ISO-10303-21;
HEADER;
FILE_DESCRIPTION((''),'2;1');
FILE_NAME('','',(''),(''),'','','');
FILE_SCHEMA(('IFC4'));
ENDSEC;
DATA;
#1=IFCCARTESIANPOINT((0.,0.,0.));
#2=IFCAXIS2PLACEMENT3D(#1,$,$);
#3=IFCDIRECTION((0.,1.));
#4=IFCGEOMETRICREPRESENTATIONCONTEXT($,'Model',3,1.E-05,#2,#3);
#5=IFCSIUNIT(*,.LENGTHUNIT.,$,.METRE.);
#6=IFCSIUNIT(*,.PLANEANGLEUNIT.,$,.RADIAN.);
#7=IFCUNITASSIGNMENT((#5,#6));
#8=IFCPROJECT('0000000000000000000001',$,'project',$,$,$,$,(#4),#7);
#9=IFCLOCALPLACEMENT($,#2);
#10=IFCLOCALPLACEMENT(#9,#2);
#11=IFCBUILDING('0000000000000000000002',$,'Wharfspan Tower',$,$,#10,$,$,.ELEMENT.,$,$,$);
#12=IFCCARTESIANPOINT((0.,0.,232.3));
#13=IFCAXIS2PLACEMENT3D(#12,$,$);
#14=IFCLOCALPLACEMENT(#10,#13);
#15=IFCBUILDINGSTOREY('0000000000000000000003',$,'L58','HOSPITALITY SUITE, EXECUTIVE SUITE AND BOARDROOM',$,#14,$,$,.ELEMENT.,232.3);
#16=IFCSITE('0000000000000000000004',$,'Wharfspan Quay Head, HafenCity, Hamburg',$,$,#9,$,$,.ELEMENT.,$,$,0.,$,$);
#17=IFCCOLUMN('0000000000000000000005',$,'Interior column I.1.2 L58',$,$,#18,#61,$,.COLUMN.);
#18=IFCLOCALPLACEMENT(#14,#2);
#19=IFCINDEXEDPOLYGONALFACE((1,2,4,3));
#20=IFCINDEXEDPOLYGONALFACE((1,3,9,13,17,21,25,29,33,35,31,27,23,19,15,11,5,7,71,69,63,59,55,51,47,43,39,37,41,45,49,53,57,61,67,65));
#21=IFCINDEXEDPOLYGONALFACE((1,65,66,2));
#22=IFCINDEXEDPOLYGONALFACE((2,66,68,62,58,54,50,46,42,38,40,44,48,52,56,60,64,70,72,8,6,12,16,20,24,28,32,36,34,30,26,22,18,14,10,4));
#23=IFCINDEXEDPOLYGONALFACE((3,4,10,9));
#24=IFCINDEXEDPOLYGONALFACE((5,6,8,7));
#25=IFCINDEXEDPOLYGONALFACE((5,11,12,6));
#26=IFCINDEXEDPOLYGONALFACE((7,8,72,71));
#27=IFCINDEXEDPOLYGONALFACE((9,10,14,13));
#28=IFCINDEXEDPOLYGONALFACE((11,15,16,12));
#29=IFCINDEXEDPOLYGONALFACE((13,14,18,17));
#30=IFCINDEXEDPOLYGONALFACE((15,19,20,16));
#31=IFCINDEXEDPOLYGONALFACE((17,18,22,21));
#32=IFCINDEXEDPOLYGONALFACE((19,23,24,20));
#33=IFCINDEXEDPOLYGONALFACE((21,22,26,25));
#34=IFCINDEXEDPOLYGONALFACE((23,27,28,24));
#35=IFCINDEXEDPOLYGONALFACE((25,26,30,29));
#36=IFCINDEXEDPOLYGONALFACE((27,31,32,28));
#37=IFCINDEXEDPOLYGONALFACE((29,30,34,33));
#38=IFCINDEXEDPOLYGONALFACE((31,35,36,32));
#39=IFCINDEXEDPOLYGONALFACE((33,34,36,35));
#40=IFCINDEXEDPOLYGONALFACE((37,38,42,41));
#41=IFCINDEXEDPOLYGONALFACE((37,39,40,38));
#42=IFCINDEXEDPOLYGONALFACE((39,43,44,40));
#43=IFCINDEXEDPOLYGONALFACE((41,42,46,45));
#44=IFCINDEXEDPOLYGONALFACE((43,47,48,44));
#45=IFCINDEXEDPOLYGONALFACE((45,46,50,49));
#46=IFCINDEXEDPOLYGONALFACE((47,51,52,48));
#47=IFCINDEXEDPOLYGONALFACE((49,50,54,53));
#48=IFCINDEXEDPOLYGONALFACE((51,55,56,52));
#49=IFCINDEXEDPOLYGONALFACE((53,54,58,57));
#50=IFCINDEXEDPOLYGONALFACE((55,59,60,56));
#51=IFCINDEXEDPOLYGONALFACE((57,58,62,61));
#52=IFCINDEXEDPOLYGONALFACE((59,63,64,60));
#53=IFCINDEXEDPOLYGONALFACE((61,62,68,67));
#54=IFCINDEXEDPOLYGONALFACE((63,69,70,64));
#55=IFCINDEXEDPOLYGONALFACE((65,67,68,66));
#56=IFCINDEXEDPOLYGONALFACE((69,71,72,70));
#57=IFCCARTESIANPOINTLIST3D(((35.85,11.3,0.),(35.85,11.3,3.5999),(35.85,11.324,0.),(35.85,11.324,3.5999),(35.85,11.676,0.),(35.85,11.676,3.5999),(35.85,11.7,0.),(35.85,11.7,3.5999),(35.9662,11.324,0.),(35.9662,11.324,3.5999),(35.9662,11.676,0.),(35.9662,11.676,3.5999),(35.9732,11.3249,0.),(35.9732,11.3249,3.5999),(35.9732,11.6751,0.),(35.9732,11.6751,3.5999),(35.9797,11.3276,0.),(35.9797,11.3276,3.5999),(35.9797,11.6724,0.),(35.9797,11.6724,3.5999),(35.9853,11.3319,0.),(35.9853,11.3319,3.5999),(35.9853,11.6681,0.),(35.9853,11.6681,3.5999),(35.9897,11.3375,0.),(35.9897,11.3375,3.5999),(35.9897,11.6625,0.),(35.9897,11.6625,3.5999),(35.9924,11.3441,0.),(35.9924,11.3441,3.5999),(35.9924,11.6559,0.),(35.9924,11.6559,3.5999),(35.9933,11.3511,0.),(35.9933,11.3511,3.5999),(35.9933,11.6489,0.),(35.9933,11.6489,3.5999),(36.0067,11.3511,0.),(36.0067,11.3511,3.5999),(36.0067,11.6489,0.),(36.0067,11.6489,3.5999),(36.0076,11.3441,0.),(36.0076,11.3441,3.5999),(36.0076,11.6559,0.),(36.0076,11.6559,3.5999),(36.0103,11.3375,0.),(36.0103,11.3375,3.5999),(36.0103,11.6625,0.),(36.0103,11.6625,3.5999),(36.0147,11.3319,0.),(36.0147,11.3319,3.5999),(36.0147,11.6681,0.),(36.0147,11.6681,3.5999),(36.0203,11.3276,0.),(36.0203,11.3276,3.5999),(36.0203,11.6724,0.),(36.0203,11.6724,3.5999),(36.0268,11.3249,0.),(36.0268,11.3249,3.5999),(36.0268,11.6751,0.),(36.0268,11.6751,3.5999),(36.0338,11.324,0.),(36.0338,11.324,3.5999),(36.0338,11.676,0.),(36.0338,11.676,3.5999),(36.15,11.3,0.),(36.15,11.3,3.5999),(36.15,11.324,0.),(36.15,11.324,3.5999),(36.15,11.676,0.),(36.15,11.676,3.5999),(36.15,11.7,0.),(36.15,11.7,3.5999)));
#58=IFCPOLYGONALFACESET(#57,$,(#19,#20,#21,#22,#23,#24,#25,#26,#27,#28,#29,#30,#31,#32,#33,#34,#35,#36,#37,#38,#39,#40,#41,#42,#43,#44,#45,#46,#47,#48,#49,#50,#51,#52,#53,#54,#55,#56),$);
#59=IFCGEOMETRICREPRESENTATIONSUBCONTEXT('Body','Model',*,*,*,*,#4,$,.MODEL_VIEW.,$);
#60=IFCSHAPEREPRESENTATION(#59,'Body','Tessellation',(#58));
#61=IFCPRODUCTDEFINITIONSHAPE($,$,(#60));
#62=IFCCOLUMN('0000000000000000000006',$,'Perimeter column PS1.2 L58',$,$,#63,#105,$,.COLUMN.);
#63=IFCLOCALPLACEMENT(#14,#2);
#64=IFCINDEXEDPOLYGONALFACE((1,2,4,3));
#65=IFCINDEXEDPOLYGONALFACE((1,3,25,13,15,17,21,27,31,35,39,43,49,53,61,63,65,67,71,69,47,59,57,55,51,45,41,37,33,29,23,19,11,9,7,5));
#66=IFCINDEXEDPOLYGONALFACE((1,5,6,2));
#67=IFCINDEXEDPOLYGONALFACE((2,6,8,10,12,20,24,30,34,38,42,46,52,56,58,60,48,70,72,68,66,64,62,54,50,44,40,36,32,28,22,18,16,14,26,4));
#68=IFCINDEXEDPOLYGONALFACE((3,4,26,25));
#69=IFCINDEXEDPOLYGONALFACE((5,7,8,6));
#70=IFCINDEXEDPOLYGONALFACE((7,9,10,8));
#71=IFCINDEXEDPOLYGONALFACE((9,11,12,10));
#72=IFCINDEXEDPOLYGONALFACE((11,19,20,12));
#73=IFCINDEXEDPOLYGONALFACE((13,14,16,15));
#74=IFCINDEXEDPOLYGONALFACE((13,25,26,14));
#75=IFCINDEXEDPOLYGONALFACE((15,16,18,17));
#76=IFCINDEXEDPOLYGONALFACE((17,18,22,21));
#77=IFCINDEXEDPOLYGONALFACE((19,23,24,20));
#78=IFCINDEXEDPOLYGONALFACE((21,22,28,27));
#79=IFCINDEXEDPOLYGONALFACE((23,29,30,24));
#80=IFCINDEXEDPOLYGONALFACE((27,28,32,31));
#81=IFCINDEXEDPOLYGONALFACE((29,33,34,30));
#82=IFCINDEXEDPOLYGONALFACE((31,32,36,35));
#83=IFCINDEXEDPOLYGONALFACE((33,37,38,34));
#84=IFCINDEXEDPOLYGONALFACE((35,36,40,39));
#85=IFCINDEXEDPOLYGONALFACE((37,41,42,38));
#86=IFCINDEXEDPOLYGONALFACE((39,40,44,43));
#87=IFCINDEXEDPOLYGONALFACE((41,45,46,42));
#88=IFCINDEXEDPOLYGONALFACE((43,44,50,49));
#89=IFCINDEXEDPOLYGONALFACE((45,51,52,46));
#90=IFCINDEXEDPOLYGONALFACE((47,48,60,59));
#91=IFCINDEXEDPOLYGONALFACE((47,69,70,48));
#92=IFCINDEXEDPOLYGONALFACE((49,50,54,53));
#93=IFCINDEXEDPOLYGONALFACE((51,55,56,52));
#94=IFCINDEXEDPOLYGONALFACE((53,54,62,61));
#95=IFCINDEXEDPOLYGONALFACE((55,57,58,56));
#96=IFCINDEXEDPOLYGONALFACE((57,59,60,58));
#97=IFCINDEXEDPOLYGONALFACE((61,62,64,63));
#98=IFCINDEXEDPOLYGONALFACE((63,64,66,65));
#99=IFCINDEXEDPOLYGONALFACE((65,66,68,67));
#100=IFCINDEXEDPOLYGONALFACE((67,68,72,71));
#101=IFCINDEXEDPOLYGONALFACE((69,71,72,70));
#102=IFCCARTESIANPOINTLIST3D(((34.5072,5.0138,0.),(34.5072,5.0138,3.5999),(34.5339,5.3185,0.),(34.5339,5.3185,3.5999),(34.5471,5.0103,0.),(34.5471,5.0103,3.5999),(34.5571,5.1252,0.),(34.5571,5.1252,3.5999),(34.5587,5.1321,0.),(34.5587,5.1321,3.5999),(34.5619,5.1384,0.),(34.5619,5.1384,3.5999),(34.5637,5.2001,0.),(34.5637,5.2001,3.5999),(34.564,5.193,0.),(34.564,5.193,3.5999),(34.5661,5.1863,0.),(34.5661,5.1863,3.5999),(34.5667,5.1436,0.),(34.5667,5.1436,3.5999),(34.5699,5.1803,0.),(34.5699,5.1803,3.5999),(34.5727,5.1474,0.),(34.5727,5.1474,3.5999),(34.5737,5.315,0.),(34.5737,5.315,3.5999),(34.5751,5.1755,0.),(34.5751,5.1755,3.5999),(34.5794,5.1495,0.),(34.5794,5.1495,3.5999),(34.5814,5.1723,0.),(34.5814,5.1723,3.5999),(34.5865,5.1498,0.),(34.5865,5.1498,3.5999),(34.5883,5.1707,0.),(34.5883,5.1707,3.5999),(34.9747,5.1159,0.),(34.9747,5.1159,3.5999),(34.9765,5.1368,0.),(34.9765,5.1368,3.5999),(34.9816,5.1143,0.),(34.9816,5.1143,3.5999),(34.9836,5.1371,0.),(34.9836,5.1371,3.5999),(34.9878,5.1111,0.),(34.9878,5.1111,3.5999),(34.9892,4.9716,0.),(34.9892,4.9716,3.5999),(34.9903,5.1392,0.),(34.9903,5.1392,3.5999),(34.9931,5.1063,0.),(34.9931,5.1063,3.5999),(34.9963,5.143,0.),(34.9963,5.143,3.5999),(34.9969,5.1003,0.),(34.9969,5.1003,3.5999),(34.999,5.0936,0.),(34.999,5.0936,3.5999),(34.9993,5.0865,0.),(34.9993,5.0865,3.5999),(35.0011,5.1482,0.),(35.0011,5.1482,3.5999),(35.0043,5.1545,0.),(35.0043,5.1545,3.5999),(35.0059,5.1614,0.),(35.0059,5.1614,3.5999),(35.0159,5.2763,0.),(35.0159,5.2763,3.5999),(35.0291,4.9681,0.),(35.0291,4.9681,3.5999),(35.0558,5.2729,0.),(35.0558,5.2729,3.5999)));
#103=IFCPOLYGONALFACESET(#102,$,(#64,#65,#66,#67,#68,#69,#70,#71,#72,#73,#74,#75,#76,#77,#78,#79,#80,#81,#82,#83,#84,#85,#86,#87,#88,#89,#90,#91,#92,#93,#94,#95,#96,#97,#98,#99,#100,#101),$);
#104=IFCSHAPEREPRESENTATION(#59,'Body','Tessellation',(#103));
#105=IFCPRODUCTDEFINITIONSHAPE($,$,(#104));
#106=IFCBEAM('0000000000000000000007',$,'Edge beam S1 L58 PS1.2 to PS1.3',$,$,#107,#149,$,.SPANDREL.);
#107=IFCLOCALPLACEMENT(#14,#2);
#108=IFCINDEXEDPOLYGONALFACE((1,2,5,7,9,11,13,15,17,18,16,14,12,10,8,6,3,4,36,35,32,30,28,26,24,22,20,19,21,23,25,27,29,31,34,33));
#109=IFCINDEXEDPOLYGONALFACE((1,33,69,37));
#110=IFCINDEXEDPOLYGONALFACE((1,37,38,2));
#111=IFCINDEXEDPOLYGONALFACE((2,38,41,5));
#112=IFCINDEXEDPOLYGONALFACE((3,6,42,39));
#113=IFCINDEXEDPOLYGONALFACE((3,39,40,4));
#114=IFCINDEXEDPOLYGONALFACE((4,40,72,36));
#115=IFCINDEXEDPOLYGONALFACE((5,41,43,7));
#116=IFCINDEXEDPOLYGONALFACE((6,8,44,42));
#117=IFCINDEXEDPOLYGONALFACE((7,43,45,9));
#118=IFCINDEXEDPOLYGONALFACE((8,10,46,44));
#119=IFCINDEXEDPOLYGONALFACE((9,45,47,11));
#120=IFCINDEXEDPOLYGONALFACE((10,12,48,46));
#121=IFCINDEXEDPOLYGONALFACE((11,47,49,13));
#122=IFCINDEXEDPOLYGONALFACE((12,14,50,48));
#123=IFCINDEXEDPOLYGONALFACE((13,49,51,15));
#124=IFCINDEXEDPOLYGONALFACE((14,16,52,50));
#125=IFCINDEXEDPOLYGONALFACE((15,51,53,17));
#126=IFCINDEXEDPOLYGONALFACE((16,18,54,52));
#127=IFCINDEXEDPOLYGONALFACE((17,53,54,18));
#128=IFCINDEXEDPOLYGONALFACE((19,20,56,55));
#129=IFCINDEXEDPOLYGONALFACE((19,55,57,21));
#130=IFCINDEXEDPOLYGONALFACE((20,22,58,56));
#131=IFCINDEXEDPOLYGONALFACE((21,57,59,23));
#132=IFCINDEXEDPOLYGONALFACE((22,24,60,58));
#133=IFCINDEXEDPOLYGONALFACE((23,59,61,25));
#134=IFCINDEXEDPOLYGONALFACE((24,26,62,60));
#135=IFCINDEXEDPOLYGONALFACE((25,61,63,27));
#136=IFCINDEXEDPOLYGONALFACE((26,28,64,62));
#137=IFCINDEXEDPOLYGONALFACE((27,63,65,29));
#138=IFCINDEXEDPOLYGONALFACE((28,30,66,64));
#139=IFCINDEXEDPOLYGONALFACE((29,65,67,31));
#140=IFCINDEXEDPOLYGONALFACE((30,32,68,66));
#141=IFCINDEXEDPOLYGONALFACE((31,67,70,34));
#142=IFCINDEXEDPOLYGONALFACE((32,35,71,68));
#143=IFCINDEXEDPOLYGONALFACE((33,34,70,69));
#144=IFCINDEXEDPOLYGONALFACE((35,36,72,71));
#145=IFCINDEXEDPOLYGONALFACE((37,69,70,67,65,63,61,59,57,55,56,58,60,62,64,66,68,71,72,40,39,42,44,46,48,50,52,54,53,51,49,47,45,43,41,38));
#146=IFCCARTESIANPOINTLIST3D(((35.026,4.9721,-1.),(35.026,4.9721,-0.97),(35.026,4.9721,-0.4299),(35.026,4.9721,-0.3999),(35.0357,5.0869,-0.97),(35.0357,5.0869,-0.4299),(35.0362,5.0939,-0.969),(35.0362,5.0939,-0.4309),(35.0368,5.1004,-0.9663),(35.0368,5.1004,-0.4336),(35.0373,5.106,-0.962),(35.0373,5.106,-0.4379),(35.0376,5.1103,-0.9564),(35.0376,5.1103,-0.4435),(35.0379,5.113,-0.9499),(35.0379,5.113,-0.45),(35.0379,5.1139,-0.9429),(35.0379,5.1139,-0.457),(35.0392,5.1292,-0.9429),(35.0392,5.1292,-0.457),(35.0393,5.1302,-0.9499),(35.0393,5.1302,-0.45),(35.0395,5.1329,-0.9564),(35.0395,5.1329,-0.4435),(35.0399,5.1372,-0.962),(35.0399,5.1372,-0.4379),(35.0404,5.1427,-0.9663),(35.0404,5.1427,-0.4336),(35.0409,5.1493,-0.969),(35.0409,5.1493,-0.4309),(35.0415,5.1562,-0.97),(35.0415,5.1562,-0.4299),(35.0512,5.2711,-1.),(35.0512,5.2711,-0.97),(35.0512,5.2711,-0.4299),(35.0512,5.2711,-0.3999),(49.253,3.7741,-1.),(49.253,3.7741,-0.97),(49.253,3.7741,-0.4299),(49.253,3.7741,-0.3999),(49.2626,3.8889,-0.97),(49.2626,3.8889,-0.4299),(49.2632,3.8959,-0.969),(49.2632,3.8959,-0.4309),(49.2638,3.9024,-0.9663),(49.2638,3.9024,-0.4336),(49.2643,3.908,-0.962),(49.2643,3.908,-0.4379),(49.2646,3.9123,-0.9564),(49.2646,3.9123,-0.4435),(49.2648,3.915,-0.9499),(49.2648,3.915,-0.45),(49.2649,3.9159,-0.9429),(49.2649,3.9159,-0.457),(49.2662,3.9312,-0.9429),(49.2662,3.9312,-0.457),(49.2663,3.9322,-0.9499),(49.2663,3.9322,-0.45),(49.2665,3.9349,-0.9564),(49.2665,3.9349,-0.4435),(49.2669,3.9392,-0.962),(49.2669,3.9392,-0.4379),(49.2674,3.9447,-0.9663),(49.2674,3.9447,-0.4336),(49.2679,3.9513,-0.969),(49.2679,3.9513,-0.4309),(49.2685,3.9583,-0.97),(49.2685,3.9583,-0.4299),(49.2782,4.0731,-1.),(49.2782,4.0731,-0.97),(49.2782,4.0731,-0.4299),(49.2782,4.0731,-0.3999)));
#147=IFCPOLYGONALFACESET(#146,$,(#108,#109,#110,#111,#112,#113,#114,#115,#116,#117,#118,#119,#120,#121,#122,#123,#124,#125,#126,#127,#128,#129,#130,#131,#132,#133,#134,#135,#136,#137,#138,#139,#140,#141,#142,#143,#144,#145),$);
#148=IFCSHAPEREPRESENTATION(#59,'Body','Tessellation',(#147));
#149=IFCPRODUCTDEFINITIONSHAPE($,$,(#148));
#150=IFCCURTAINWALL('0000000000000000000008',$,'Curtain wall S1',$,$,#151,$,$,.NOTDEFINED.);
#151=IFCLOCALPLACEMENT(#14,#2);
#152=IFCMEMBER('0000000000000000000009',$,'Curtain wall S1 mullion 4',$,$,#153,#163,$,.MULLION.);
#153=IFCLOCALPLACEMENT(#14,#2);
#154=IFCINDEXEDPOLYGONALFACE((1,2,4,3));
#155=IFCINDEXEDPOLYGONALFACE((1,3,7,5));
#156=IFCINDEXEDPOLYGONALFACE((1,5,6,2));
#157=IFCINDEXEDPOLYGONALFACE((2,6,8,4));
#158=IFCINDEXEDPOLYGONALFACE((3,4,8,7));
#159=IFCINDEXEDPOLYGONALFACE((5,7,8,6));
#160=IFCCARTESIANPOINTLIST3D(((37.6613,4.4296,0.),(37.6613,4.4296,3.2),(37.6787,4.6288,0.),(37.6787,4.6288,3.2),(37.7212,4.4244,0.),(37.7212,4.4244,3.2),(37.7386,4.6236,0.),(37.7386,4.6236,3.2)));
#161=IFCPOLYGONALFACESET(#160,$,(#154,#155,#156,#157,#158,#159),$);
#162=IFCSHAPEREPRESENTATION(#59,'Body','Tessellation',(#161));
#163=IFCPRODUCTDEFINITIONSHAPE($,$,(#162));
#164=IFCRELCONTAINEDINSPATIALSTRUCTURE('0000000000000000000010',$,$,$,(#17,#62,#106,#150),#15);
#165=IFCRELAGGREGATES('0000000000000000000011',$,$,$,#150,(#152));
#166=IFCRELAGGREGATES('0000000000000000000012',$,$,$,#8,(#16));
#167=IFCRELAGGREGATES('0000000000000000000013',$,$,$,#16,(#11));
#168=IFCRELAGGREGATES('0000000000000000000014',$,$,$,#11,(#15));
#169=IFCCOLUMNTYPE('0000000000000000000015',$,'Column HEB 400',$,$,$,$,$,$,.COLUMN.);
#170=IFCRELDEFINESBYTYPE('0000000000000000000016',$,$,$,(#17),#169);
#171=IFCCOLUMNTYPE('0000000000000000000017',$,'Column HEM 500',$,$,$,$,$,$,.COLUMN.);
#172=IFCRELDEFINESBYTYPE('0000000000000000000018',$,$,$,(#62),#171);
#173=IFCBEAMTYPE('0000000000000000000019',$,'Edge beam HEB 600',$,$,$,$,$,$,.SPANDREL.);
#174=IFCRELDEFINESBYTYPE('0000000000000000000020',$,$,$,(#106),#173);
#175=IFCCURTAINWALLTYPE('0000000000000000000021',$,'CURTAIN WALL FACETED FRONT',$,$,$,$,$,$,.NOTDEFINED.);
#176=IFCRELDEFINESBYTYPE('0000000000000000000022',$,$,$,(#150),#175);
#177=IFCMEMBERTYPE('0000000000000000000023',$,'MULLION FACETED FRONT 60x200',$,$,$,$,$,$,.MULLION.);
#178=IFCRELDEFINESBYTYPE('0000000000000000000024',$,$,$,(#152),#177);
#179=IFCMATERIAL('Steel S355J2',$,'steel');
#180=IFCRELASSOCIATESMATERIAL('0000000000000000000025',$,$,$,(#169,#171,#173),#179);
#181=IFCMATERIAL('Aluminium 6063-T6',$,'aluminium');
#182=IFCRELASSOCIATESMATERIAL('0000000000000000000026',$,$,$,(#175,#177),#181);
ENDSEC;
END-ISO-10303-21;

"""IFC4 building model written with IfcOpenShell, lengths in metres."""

from ifc_helpers import new_model, si_unit, direction, frame, origin, origin_2d, place, context, subcontext, project, spatial, rectangle, i_section, extrude, material, material_profile, profile_set, type_object, element, aggregate, save


model = new_model("IFC4")

# Units and contexts
model_context = context("Model", 3, precision=1e-05, world=origin(), true_north=direction((0.0, 1.0)))
body_context = subcontext(model_context, "Body", "Model", "MODEL_VIEW")
ifc_project = project(units=[si_unit("LENGTHUNIT", "METRE"), si_unit("PLANEANGLEUNIT", "RADIAN")], contexts=[model_context])

# Site, building, storey
site_placement = place(None, origin())
site = spatial("IfcSite", under=ifc_project, at=site_placement, Name="Wharfspan Quay Head, HafenCity, Hamburg", CompositionType="ELEMENT", RefElevation=0.0)
building_placement = place(site_placement, origin())
building = spatial("IfcBuilding", under=site, at=building_placement, Name="Wharfspan Tower", CompositionType="ELEMENT")
storey_placement = place(building_placement, frame((0.0, 0.0, 232.3)))
storey = spatial("IfcBuildingStorey", under=building, at=storey_placement, Name="L58", Description="HOSPITALITY SUITE, EXECUTIVE SUITE AND BOARDROOM", CompositionType="ELEMENT", Elevation=232.3)

# Columns
ifc_material_1 = material(Name="Steel S355J2", Category="steel")
ifc_material_profile_1 = material_profile(ifc_material_1, i_section(OverallWidth=0.3, OverallDepth=0.3999, WebThickness=0.0134, FlangeThickness=0.0239, FilletRadius=0.0271, at=origin_2d()))
ifc_profile_set_1 = profile_set([ifc_material_profile_1], Name="Steel S355J2")
column_type_1 = type_object("IfcColumnType", Name="Column HEB 400", PredefinedType="COLUMN", material=ifc_profile_set_1)
column_1_placement = place(storey_placement, frame((36.0, 11.5, 0.0), z_axis=(0.0, 0.0, 1.0), x_axis=(1.0, 0.0, 0.0)))
element("IfcColumn", 1, at=column_1_placement, inside=storey, type_object=column_type_1, Name="Interior column I.1.2 L58", PredefinedType="COLUMN", context=body_context, shape_type="SweptSolid", body=[
    extrude(i_section(OverallWidth=0.3, OverallDepth=0.3999, WebThickness=0.0134, FlangeThickness=0.0239, FilletRadius=0.0271, at=origin_2d()), origin(), (0.0, 0.0, 1.0), 3.5999),
])
ifc_material_profile_2 = material_profile(ifc_material_1, i_section(OverallWidth=0.3059, OverallDepth=0.5239, WebThickness=0.021, FlangeThickness=0.04, FilletRadius=0.0271, at=origin_2d()))
ifc_profile_set_2 = profile_set([ifc_material_profile_2], Name="Steel S355J2")
column_type_2 = type_object("IfcColumnType", Name="Column HEM 500", PredefinedType="COLUMN", material=ifc_profile_set_2)
column_2_placement = place(storey_placement, frame((34.7815, 5.1433, 0.0), z_axis=(0.0, 0.0, 1.0), x_axis=(-0.087156, -0.996197, 0.0)))
element("IfcColumn", 2, at=column_2_placement, inside=storey, type_object=column_type_2, Name="Perimeter column PS1.2 L58", PredefinedType="COLUMN", context=body_context, shape_type="SweptSolid", body=[
    extrude(i_section(OverallWidth=0.3059, OverallDepth=0.5239, WebThickness=0.021, FlangeThickness=0.04, FilletRadius=0.0271, at=origin_2d()), origin(), (0.0, 0.0, 1.0), 3.5999),
])

# Beam
ifc_material_profile_3 = material_profile(ifc_material_1, i_section(OverallWidth=0.3, OverallDepth=0.6001, WebThickness=0.0154, FlangeThickness=0.03, FilletRadius=0.0271, at=origin_2d()))
ifc_profile_set_3 = profile_set([ifc_material_profile_3], Name="Steel S355J2")
beam_type = type_object("IfcBeamType", Name="Edge beam HEB 600", PredefinedType="SPANDREL", material=ifc_profile_set_3)
beam_placement = place(storey_placement, frame((35.0386, 5.1216, -0.7), z_axis=(0.996473, -0.083909, 0.0), x_axis=(0.083909, 0.996473, 0.0)))
element("IfcBeam", 3, at=beam_placement, inside=storey, type_object=beam_type, Name="Edge beam S1 L58 PS1.2 to PS1.3", PredefinedType="SPANDREL", context=body_context, shape_type="SweptSolid", body=[
    extrude(i_section(OverallWidth=0.3, OverallDepth=0.6001, WebThickness=0.0154, FlangeThickness=0.03, FilletRadius=0.0271, at=origin_2d()), origin(), (0.0, 0.0, 1.0), 14.2773),
])

# Curtain wall, member
ifc_material_2 = material(Name="Aluminium 6063-T6", Category="aluminium")
curtain_wall_type = type_object("IfcCurtainWallType", Name="CURTAIN WALL FACETED FRONT", PredefinedType="NOTDEFINED", material=ifc_material_2)
curtain_wall_placement = place(storey_placement, origin())
curtain_wall = element("IfcCurtainWall", 4, at=curtain_wall_placement, inside=storey, type_object=curtain_wall_type, Name="Curtain wall S1", PredefinedType="NOTDEFINED")
ifc_material_profile_4 = material_profile(ifc_material_2, rectangle(XDim=0.2, YDim=0.0601, at=origin_2d()))
ifc_profile_set_4 = profile_set([ifc_material_profile_4], Name="Aluminium 6063-T6")
member_type_1 = type_object("IfcMemberType", Name="MULLION FACETED FRONT 60x200", PredefinedType="MULLION", material=ifc_profile_set_4)
member_1_placement = place(storey_placement, frame((37.7, 4.5266, 0.0), z_axis=(0.0, 0.0, 1.0), x_axis=(0.087156, 0.996197, 0.0)))
member_1 = element("IfcMember", 5, at=member_1_placement, type_object=member_type_1, Name="Curtain wall S1 mullion 4", PredefinedType="MULLION", context=body_context, shape_type="SweptSolid", body=[
    extrude(rectangle(XDim=0.2, YDim=0.0601, at=origin_2d()), origin(), (0.0, 0.0, 1.0), 3.2),
])

aggregate(curtain_wall, [member_1])

save(model, "model.ifc")
